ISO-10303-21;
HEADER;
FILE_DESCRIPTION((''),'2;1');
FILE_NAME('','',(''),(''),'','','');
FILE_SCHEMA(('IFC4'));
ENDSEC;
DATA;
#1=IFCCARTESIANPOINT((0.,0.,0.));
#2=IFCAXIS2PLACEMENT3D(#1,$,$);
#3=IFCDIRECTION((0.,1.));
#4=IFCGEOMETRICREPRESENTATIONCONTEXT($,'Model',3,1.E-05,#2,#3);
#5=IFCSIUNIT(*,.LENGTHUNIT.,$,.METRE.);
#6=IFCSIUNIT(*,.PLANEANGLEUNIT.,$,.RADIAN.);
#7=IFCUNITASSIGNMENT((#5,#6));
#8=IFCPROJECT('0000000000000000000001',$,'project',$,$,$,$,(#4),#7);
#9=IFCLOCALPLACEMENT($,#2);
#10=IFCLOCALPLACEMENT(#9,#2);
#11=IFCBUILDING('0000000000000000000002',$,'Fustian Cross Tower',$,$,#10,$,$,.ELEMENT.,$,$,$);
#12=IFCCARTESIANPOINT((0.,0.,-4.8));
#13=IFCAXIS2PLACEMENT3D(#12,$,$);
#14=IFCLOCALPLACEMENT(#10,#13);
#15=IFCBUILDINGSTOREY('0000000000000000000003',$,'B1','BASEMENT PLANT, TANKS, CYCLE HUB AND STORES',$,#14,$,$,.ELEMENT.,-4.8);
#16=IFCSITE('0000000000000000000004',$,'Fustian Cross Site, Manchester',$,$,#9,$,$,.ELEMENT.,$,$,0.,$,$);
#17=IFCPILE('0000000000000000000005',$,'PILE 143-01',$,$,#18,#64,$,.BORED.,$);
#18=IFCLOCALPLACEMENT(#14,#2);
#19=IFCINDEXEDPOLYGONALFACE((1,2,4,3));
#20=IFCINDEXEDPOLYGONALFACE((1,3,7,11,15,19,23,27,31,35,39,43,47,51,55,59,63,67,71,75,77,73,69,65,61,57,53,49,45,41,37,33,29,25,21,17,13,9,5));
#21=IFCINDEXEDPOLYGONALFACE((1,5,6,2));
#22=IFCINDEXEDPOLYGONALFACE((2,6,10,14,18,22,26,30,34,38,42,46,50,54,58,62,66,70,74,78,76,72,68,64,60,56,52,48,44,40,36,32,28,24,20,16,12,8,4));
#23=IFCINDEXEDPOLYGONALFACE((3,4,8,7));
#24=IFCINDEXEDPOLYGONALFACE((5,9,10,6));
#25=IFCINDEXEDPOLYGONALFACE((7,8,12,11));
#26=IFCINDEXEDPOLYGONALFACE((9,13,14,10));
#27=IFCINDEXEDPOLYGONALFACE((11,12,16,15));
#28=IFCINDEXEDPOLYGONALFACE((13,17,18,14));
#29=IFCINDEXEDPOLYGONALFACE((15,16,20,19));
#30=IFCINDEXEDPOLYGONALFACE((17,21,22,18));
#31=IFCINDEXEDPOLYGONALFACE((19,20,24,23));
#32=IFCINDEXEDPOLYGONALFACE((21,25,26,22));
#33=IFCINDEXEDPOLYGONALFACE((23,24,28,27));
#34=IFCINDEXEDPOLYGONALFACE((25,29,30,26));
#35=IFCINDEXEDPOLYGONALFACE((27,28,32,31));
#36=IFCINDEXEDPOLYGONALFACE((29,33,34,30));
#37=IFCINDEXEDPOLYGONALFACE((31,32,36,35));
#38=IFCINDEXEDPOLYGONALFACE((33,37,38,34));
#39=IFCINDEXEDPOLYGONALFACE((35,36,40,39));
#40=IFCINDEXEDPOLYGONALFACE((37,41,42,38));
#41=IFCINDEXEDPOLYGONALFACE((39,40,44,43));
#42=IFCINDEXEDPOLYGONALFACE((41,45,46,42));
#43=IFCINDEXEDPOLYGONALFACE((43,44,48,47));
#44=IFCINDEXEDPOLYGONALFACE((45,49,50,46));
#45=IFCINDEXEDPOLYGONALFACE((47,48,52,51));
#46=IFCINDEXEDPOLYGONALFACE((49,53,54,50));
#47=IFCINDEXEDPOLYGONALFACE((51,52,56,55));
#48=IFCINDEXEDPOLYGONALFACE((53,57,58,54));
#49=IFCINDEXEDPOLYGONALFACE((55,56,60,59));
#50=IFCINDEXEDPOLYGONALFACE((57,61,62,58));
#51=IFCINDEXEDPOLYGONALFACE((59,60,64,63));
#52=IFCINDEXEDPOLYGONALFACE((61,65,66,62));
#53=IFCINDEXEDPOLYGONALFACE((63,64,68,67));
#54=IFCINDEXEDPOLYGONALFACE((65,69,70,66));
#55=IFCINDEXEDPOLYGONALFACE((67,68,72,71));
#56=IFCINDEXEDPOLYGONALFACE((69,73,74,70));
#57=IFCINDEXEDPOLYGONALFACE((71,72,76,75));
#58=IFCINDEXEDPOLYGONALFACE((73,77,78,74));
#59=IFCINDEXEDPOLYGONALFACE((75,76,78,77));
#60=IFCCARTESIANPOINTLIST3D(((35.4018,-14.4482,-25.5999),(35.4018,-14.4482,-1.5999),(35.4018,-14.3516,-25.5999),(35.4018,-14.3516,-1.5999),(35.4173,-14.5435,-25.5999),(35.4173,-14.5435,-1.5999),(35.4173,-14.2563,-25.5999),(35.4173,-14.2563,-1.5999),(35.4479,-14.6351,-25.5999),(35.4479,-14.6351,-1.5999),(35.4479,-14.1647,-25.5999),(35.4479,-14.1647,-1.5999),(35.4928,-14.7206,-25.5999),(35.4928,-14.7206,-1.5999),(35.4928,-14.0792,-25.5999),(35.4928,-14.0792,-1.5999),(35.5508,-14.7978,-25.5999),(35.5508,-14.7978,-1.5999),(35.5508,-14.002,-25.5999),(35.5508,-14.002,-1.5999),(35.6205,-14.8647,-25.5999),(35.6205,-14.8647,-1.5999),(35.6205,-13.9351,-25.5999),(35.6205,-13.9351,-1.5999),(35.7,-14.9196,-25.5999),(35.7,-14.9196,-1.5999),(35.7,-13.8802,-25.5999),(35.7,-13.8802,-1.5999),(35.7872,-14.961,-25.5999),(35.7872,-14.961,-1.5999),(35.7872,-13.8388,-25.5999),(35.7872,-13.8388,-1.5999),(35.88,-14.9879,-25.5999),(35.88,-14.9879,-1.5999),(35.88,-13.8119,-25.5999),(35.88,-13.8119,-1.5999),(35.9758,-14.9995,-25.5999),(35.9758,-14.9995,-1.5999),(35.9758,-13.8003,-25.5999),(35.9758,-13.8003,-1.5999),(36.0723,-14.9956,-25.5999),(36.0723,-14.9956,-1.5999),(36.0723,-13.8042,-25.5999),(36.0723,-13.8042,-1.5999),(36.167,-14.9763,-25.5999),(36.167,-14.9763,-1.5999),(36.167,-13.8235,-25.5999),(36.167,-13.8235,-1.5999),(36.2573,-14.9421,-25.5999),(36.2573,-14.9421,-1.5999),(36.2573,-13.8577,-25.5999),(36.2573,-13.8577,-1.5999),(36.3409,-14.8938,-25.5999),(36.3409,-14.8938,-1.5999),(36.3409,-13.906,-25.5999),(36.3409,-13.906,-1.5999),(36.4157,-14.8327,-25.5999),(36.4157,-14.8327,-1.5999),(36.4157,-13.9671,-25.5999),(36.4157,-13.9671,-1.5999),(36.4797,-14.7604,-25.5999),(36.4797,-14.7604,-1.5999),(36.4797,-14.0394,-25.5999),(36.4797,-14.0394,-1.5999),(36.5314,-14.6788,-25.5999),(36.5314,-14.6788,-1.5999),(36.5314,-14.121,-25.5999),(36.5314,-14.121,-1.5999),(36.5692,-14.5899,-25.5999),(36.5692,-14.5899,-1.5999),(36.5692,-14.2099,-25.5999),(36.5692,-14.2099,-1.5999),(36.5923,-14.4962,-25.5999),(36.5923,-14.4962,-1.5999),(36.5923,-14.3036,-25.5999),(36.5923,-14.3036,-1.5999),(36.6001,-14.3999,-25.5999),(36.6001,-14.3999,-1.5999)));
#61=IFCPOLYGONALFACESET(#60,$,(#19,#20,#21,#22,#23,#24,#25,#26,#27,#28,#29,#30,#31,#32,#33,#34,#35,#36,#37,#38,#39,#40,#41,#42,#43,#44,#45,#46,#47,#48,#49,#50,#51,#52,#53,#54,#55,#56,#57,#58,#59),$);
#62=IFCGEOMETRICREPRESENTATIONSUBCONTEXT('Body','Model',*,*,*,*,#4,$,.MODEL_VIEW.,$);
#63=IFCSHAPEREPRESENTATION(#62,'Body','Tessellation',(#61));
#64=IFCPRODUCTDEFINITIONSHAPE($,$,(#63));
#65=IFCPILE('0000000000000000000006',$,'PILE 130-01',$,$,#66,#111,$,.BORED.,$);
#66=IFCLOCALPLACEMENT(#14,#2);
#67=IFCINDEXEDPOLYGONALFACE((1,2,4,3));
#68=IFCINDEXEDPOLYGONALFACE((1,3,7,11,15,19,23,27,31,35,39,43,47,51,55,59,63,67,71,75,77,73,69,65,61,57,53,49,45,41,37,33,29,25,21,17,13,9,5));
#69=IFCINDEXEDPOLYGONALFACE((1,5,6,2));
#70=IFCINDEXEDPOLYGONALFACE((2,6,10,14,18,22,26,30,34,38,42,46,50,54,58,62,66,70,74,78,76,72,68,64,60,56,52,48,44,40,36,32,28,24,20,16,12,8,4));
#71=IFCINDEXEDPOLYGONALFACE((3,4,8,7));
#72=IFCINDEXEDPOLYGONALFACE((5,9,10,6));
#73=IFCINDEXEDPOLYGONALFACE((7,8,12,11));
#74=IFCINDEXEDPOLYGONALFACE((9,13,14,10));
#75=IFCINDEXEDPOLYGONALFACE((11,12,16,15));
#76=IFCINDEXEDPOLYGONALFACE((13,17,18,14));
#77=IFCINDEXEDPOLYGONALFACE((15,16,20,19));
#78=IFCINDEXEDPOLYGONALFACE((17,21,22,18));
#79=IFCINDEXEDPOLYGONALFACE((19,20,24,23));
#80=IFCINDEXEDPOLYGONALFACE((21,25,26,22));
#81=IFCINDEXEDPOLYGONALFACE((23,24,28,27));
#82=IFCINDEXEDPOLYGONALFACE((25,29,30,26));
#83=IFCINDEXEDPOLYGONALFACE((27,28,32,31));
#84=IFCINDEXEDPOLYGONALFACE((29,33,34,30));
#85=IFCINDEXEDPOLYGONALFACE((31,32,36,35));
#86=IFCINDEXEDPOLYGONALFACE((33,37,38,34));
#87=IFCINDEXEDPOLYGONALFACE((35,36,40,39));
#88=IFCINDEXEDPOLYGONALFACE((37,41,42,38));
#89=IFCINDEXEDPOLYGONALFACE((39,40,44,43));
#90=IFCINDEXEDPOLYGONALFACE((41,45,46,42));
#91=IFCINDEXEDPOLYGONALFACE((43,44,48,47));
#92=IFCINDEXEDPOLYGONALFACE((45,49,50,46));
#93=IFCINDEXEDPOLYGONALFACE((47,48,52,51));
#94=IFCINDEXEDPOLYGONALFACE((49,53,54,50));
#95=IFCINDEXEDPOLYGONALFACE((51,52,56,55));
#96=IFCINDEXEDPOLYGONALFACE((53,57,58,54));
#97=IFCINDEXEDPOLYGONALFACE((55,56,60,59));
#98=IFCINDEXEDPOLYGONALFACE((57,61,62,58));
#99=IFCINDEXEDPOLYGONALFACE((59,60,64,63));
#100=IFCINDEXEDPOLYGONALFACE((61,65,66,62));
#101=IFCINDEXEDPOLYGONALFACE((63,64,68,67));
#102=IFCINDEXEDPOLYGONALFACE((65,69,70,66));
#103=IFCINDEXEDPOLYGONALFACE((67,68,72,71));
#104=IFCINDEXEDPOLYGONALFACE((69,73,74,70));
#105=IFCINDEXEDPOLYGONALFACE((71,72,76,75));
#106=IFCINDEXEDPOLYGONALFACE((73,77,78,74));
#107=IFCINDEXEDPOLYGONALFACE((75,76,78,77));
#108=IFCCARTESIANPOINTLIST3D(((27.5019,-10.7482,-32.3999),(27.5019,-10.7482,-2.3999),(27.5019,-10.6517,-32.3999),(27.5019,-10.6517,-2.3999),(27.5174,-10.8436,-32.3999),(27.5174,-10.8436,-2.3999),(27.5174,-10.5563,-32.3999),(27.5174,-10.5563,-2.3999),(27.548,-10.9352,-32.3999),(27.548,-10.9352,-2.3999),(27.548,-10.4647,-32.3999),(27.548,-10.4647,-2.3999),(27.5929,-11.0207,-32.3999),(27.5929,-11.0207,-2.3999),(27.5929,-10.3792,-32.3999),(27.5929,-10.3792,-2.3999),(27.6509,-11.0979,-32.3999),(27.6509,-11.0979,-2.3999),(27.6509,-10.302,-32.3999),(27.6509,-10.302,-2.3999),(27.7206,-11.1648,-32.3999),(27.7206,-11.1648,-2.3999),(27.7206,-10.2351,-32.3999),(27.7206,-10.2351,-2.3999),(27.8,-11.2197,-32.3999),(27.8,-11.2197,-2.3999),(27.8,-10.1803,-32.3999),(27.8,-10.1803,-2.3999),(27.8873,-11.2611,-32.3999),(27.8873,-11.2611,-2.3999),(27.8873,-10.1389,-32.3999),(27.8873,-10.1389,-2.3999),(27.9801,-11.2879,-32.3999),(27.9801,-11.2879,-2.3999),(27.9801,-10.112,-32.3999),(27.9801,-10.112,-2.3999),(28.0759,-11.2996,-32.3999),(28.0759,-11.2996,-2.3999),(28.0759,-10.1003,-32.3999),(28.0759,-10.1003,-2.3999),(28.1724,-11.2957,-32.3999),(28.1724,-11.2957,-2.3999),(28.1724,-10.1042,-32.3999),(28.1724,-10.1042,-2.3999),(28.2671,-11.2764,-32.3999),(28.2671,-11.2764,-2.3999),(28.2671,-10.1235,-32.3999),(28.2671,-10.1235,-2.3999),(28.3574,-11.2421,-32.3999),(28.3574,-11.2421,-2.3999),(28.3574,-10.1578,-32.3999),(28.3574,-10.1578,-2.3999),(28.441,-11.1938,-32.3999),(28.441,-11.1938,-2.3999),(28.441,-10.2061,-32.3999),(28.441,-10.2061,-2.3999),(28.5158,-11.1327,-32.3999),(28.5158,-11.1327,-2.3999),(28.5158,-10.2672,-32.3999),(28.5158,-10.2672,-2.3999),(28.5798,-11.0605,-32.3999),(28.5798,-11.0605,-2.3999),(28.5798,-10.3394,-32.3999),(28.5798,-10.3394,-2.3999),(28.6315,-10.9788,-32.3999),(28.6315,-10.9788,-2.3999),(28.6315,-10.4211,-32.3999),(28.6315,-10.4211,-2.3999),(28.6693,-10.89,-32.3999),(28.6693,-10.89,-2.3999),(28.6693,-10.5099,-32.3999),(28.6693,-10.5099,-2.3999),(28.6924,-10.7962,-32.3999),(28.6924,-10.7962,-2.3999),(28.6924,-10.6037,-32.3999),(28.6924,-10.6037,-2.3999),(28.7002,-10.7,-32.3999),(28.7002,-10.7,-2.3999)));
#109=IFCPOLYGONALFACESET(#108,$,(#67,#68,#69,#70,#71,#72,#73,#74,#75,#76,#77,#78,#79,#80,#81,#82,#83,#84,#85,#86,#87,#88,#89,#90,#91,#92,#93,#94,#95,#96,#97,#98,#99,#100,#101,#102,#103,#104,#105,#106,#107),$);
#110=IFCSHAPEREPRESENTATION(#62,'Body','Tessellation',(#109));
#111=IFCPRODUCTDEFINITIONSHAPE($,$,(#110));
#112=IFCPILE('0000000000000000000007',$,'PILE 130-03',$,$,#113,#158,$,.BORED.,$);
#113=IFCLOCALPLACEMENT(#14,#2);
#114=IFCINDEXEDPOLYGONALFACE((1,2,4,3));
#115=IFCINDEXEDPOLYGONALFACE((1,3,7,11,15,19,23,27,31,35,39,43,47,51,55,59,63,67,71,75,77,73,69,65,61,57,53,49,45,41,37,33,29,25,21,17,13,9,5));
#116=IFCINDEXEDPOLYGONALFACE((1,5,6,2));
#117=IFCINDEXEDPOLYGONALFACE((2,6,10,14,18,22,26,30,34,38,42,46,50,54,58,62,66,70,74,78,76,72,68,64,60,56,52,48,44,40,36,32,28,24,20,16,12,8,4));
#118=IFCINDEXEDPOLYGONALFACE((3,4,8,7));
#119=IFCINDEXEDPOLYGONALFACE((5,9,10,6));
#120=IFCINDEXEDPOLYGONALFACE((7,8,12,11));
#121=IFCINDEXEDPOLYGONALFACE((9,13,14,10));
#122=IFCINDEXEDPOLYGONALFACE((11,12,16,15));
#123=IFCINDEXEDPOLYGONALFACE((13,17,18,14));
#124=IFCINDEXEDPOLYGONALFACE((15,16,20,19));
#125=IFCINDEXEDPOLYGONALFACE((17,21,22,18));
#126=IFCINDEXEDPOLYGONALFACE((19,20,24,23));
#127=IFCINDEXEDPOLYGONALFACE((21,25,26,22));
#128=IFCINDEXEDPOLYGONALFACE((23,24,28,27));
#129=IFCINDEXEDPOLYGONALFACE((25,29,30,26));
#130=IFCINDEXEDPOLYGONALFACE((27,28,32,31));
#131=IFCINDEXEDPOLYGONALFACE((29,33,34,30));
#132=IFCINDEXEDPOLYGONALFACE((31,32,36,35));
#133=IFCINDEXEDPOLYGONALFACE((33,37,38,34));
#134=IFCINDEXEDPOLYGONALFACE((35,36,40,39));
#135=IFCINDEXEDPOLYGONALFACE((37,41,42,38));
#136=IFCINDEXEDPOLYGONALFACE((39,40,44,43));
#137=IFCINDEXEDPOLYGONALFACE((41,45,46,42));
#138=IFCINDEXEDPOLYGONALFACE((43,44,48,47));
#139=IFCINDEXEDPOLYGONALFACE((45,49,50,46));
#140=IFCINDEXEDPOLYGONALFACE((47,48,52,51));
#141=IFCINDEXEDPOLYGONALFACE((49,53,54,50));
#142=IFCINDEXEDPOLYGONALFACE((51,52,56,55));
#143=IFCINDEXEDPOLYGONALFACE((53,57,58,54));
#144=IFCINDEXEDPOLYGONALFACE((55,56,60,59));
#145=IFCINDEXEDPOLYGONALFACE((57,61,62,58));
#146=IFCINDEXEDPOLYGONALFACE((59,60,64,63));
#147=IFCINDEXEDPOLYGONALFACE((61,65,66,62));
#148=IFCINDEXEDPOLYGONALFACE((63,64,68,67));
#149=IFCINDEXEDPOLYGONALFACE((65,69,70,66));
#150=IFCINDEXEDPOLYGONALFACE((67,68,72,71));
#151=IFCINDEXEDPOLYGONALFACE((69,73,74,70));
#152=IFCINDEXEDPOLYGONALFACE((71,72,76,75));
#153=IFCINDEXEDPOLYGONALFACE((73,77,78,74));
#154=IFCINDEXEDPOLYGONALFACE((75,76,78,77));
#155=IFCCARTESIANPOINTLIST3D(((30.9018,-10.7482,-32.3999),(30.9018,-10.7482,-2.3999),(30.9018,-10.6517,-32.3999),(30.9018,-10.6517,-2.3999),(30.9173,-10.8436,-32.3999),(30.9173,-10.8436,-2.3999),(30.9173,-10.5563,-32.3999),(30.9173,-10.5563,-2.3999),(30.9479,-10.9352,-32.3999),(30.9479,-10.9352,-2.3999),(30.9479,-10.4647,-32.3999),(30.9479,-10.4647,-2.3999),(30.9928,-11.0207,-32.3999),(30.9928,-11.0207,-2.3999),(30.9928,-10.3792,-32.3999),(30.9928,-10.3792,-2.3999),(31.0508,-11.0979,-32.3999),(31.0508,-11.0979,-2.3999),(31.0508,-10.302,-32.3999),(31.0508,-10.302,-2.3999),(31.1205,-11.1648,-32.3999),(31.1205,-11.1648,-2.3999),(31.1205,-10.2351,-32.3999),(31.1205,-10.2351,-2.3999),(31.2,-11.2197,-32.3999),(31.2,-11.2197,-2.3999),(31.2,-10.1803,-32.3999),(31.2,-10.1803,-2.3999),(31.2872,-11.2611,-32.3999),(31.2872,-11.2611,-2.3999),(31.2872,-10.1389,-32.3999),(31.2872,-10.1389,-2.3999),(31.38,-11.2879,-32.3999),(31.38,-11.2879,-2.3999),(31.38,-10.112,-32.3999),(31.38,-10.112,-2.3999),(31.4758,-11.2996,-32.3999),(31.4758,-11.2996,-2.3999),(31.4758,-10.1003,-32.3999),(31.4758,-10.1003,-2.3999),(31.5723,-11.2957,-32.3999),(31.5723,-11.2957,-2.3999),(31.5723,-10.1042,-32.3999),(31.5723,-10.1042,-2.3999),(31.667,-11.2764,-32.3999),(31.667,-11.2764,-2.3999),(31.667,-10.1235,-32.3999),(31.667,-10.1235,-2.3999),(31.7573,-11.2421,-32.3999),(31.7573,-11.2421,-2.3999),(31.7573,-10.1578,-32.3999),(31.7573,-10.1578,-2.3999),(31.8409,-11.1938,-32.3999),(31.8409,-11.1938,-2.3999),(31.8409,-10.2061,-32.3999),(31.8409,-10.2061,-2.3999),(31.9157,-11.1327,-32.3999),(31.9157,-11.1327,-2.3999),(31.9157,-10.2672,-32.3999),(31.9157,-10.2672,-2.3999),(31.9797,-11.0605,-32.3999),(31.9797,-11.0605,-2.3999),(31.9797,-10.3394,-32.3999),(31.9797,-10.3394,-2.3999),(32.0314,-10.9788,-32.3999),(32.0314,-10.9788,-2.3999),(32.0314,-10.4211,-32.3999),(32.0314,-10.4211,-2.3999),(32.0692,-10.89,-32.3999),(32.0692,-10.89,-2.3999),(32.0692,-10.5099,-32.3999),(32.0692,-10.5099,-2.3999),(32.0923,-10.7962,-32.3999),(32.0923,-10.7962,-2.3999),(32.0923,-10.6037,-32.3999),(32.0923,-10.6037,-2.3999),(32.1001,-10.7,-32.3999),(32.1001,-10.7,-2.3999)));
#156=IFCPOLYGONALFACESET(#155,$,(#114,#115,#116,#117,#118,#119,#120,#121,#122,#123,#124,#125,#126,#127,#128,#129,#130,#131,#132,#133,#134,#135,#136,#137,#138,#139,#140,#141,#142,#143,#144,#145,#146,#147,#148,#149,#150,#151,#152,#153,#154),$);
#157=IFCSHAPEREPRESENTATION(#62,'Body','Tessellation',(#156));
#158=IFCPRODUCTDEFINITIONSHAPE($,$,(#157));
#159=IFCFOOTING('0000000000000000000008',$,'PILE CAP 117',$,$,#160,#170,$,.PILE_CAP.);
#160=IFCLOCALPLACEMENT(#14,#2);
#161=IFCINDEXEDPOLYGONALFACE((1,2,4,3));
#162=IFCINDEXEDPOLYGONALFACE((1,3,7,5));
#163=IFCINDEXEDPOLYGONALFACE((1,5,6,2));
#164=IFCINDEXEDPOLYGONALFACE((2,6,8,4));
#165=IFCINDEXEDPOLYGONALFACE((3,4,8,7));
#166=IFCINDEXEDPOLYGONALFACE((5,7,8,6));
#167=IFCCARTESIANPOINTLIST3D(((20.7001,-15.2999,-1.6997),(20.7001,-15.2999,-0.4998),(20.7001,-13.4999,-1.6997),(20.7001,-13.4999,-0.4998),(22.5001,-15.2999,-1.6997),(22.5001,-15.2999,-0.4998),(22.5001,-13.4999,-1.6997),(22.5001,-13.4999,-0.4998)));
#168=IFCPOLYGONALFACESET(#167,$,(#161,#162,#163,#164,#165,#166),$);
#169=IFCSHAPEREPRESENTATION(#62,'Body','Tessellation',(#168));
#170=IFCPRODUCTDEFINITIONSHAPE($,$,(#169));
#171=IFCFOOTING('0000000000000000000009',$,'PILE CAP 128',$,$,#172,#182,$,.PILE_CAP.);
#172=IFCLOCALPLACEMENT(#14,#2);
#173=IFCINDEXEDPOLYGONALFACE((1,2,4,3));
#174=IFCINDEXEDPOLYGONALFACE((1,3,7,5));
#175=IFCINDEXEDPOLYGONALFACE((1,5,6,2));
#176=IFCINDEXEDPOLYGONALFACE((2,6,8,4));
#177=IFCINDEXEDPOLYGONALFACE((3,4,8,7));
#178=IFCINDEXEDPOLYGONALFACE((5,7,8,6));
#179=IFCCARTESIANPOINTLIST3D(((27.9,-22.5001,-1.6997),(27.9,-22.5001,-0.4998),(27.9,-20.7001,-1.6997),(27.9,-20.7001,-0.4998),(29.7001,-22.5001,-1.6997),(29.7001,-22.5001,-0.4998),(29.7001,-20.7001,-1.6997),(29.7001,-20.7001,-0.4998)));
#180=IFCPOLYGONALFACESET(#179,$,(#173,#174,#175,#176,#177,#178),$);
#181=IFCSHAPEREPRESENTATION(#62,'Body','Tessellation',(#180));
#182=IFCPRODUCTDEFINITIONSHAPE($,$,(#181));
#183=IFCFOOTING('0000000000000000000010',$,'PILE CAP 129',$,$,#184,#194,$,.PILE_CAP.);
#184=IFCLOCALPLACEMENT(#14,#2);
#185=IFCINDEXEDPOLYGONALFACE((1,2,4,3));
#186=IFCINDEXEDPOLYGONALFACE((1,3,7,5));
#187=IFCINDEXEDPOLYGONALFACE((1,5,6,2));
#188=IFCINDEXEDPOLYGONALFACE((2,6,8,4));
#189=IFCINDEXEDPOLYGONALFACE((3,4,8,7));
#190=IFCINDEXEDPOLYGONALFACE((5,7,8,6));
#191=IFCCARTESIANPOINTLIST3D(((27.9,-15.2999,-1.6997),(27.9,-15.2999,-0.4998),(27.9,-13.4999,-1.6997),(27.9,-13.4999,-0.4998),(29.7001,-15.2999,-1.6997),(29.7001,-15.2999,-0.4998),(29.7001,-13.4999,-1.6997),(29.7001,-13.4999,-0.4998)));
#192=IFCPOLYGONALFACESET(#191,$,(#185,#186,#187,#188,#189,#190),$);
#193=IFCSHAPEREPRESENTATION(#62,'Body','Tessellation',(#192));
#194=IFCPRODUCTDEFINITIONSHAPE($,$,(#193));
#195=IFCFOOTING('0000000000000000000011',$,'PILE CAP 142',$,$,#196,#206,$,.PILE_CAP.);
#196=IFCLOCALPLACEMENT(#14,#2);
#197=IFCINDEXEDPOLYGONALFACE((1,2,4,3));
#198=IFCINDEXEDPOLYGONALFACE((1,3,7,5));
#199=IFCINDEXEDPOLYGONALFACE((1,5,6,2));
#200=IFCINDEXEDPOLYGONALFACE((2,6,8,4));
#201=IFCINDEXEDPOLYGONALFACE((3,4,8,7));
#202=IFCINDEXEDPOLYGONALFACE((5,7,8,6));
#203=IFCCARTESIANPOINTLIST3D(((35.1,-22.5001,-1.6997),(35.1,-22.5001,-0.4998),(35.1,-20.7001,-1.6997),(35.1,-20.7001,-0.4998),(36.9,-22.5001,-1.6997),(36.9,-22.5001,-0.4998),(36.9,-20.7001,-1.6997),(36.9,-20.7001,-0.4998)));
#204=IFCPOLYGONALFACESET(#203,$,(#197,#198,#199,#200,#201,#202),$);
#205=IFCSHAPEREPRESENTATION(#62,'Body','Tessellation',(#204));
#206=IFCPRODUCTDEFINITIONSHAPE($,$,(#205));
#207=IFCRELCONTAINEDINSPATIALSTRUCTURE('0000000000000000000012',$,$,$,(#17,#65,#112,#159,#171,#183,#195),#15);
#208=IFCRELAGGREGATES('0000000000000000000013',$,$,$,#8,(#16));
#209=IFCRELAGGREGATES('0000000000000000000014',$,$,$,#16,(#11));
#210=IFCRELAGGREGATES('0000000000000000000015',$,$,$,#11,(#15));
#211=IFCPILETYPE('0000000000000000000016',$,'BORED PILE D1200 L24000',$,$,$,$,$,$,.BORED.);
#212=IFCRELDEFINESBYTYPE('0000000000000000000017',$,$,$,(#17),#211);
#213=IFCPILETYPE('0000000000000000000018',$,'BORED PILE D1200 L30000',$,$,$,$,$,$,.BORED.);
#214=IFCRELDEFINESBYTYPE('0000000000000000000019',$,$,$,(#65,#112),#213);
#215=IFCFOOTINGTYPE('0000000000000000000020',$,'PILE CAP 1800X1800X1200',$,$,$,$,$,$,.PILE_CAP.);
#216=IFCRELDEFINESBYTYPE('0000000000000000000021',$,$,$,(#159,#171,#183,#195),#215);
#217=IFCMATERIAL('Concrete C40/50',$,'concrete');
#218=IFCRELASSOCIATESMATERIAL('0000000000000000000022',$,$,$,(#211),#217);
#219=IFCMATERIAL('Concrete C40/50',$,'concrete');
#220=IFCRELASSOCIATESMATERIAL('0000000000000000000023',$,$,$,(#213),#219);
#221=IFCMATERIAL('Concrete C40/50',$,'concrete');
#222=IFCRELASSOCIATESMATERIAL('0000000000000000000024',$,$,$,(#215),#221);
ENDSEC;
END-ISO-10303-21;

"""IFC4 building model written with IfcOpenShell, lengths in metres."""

from ifc_helpers import new_model, si_unit, direction, frame, origin, origin_2d, place, context, subcontext, project, spatial, rectangle, circle, extrude, material, material_profile, profile_set, type_object, element, save


model = new_model("IFC4")

# Units and contexts
model_context = context("Model", 3, precision=1e-05, world=origin(), true_north=direction((0.0, 1.0)))
body_context = subcontext(model_context, "Body", "Model", "MODEL_VIEW")
ifc_project = project(units=[si_unit("LENGTHUNIT", "METRE"), si_unit("PLANEANGLEUNIT", "RADIAN")], contexts=[model_context])

# Site, building, storey
site_placement = place(None, origin())
site = spatial("IfcSite", under=ifc_project, at=site_placement, Name="Fustian Cross Site, Manchester", CompositionType="ELEMENT", RefElevation=0.0)
building_placement = place(site_placement, origin())
building = spatial("IfcBuilding", under=site, at=building_placement, Name="Fustian Cross Tower", CompositionType="ELEMENT")
storey_placement = place(building_placement, frame((0.0, 0.0, -4.8)))
storey = spatial("IfcBuildingStorey", under=building, at=storey_placement, Name="B1", Description="BASEMENT PLANT, TANKS, CYCLE HUB AND STORES", CompositionType="ELEMENT", Elevation=-4.8)

# Piles
ifc_material_1 = material(Name="Concrete C40/50", Category="concrete")
ifc_material_profile_1 = material_profile(ifc_material_1, circle(Radius=0.6001, at=origin_2d()), Name="BORED PILE D1200 L24000")
ifc_profile_set_1 = profile_set([ifc_material_profile_1], Name="Concrete C40/50")
pile_type_1 = type_object("IfcPileType", Name="BORED PILE D1200 L24000", PredefinedType="BORED", material=ifc_profile_set_1)
for number, where, z_axis, x_axis, name in (
    (1, (36.0, -14.3999, -1.5999), (0.0, 0.0, -1.0), (1.0, 0.0, 0.0), "PILE 143-01"),
):
    element("IfcPile", number, at=place(storey_placement, frame(where, z_axis=z_axis, x_axis=x_axis)), inside=storey, type_object=pile_type_1, Name=name, PredefinedType="BORED", context=body_context, shape_type="SweptSolid", body=[
        extrude(circle(Radius=0.6001, at=origin_2d()), origin(), (0.0, 0.0, 1.0), 24.0),
    ])
ifc_material_2 = material(Name="Concrete C40/50", Category="concrete")
ifc_material_profile_2 = material_profile(ifc_material_2, circle(Radius=0.6001, at=origin_2d()), Name="BORED PILE D1200 L30000")
ifc_profile_set_2 = profile_set([ifc_material_profile_2], Name="Concrete C40/50")
pile_type_2 = type_object("IfcPileType", Name="BORED PILE D1200 L30000", PredefinedType="BORED", material=ifc_profile_set_2)
for number, where, z_axis, x_axis, name in (
    (2, (28.1001, -10.7, -2.3999), (0.0, 0.0, -1.0), (1.0, 0.0, 0.0), "PILE 130-01"),
    (3, (31.5, -10.7, -2.3999), (0.0, 0.0, -1.0), (1.0, 0.0, 0.0), "PILE 130-03"),
):
    element("IfcPile", number, at=place(storey_placement, frame(where, z_axis=z_axis, x_axis=x_axis)), inside=storey, type_object=pile_type_2, Name=name, PredefinedType="BORED", context=body_context, shape_type="SweptSolid", body=[
        extrude(circle(Radius=0.6001, at=origin_2d()), origin(), (0.0, 0.0, 1.0), 30.0),
    ])

# Footings
ifc_material_3 = material(Name="Concrete C40/50", Category="concrete")
footing_type = type_object("IfcFootingType", Name="PILE CAP 1800X1800X1200", PredefinedType="PILE_CAP", material=ifc_material_3)
for number, where, z_axis, x_axis, name in (
    (4, (21.6001, -14.3999, -1.6997), (0.0, 0.0, 1.0), (1.0, 0.0, 0.0), "PILE CAP 117"),
    (5, (28.8, -21.6001, -1.6997), (0.0, 0.0, 1.0), (1.0, 0.0, 0.0), "PILE CAP 128"),
    (6, (28.8, -14.3999, -1.6997), (0.0, 0.0, 1.0), (1.0, 0.0, 0.0), "PILE CAP 129"),
    (7, (36.0, -21.6001, -1.6997), (0.0, 0.0, 1.0), (1.0, 0.0, 0.0), "PILE CAP 142"),
):
    element("IfcFooting", number, at=place(storey_placement, frame(where, z_axis=z_axis, x_axis=x_axis)), inside=storey, type_object=footing_type, Name=name, PredefinedType="PILE_CAP", context=body_context, shape_type="SweptSolid", body=[
        extrude(rectangle(XDim=1.8, YDim=1.8, at=origin_2d()), origin(), (0.0, 0.0, 1.0), 1.2),
    ])

save(model, "model.ifc")
